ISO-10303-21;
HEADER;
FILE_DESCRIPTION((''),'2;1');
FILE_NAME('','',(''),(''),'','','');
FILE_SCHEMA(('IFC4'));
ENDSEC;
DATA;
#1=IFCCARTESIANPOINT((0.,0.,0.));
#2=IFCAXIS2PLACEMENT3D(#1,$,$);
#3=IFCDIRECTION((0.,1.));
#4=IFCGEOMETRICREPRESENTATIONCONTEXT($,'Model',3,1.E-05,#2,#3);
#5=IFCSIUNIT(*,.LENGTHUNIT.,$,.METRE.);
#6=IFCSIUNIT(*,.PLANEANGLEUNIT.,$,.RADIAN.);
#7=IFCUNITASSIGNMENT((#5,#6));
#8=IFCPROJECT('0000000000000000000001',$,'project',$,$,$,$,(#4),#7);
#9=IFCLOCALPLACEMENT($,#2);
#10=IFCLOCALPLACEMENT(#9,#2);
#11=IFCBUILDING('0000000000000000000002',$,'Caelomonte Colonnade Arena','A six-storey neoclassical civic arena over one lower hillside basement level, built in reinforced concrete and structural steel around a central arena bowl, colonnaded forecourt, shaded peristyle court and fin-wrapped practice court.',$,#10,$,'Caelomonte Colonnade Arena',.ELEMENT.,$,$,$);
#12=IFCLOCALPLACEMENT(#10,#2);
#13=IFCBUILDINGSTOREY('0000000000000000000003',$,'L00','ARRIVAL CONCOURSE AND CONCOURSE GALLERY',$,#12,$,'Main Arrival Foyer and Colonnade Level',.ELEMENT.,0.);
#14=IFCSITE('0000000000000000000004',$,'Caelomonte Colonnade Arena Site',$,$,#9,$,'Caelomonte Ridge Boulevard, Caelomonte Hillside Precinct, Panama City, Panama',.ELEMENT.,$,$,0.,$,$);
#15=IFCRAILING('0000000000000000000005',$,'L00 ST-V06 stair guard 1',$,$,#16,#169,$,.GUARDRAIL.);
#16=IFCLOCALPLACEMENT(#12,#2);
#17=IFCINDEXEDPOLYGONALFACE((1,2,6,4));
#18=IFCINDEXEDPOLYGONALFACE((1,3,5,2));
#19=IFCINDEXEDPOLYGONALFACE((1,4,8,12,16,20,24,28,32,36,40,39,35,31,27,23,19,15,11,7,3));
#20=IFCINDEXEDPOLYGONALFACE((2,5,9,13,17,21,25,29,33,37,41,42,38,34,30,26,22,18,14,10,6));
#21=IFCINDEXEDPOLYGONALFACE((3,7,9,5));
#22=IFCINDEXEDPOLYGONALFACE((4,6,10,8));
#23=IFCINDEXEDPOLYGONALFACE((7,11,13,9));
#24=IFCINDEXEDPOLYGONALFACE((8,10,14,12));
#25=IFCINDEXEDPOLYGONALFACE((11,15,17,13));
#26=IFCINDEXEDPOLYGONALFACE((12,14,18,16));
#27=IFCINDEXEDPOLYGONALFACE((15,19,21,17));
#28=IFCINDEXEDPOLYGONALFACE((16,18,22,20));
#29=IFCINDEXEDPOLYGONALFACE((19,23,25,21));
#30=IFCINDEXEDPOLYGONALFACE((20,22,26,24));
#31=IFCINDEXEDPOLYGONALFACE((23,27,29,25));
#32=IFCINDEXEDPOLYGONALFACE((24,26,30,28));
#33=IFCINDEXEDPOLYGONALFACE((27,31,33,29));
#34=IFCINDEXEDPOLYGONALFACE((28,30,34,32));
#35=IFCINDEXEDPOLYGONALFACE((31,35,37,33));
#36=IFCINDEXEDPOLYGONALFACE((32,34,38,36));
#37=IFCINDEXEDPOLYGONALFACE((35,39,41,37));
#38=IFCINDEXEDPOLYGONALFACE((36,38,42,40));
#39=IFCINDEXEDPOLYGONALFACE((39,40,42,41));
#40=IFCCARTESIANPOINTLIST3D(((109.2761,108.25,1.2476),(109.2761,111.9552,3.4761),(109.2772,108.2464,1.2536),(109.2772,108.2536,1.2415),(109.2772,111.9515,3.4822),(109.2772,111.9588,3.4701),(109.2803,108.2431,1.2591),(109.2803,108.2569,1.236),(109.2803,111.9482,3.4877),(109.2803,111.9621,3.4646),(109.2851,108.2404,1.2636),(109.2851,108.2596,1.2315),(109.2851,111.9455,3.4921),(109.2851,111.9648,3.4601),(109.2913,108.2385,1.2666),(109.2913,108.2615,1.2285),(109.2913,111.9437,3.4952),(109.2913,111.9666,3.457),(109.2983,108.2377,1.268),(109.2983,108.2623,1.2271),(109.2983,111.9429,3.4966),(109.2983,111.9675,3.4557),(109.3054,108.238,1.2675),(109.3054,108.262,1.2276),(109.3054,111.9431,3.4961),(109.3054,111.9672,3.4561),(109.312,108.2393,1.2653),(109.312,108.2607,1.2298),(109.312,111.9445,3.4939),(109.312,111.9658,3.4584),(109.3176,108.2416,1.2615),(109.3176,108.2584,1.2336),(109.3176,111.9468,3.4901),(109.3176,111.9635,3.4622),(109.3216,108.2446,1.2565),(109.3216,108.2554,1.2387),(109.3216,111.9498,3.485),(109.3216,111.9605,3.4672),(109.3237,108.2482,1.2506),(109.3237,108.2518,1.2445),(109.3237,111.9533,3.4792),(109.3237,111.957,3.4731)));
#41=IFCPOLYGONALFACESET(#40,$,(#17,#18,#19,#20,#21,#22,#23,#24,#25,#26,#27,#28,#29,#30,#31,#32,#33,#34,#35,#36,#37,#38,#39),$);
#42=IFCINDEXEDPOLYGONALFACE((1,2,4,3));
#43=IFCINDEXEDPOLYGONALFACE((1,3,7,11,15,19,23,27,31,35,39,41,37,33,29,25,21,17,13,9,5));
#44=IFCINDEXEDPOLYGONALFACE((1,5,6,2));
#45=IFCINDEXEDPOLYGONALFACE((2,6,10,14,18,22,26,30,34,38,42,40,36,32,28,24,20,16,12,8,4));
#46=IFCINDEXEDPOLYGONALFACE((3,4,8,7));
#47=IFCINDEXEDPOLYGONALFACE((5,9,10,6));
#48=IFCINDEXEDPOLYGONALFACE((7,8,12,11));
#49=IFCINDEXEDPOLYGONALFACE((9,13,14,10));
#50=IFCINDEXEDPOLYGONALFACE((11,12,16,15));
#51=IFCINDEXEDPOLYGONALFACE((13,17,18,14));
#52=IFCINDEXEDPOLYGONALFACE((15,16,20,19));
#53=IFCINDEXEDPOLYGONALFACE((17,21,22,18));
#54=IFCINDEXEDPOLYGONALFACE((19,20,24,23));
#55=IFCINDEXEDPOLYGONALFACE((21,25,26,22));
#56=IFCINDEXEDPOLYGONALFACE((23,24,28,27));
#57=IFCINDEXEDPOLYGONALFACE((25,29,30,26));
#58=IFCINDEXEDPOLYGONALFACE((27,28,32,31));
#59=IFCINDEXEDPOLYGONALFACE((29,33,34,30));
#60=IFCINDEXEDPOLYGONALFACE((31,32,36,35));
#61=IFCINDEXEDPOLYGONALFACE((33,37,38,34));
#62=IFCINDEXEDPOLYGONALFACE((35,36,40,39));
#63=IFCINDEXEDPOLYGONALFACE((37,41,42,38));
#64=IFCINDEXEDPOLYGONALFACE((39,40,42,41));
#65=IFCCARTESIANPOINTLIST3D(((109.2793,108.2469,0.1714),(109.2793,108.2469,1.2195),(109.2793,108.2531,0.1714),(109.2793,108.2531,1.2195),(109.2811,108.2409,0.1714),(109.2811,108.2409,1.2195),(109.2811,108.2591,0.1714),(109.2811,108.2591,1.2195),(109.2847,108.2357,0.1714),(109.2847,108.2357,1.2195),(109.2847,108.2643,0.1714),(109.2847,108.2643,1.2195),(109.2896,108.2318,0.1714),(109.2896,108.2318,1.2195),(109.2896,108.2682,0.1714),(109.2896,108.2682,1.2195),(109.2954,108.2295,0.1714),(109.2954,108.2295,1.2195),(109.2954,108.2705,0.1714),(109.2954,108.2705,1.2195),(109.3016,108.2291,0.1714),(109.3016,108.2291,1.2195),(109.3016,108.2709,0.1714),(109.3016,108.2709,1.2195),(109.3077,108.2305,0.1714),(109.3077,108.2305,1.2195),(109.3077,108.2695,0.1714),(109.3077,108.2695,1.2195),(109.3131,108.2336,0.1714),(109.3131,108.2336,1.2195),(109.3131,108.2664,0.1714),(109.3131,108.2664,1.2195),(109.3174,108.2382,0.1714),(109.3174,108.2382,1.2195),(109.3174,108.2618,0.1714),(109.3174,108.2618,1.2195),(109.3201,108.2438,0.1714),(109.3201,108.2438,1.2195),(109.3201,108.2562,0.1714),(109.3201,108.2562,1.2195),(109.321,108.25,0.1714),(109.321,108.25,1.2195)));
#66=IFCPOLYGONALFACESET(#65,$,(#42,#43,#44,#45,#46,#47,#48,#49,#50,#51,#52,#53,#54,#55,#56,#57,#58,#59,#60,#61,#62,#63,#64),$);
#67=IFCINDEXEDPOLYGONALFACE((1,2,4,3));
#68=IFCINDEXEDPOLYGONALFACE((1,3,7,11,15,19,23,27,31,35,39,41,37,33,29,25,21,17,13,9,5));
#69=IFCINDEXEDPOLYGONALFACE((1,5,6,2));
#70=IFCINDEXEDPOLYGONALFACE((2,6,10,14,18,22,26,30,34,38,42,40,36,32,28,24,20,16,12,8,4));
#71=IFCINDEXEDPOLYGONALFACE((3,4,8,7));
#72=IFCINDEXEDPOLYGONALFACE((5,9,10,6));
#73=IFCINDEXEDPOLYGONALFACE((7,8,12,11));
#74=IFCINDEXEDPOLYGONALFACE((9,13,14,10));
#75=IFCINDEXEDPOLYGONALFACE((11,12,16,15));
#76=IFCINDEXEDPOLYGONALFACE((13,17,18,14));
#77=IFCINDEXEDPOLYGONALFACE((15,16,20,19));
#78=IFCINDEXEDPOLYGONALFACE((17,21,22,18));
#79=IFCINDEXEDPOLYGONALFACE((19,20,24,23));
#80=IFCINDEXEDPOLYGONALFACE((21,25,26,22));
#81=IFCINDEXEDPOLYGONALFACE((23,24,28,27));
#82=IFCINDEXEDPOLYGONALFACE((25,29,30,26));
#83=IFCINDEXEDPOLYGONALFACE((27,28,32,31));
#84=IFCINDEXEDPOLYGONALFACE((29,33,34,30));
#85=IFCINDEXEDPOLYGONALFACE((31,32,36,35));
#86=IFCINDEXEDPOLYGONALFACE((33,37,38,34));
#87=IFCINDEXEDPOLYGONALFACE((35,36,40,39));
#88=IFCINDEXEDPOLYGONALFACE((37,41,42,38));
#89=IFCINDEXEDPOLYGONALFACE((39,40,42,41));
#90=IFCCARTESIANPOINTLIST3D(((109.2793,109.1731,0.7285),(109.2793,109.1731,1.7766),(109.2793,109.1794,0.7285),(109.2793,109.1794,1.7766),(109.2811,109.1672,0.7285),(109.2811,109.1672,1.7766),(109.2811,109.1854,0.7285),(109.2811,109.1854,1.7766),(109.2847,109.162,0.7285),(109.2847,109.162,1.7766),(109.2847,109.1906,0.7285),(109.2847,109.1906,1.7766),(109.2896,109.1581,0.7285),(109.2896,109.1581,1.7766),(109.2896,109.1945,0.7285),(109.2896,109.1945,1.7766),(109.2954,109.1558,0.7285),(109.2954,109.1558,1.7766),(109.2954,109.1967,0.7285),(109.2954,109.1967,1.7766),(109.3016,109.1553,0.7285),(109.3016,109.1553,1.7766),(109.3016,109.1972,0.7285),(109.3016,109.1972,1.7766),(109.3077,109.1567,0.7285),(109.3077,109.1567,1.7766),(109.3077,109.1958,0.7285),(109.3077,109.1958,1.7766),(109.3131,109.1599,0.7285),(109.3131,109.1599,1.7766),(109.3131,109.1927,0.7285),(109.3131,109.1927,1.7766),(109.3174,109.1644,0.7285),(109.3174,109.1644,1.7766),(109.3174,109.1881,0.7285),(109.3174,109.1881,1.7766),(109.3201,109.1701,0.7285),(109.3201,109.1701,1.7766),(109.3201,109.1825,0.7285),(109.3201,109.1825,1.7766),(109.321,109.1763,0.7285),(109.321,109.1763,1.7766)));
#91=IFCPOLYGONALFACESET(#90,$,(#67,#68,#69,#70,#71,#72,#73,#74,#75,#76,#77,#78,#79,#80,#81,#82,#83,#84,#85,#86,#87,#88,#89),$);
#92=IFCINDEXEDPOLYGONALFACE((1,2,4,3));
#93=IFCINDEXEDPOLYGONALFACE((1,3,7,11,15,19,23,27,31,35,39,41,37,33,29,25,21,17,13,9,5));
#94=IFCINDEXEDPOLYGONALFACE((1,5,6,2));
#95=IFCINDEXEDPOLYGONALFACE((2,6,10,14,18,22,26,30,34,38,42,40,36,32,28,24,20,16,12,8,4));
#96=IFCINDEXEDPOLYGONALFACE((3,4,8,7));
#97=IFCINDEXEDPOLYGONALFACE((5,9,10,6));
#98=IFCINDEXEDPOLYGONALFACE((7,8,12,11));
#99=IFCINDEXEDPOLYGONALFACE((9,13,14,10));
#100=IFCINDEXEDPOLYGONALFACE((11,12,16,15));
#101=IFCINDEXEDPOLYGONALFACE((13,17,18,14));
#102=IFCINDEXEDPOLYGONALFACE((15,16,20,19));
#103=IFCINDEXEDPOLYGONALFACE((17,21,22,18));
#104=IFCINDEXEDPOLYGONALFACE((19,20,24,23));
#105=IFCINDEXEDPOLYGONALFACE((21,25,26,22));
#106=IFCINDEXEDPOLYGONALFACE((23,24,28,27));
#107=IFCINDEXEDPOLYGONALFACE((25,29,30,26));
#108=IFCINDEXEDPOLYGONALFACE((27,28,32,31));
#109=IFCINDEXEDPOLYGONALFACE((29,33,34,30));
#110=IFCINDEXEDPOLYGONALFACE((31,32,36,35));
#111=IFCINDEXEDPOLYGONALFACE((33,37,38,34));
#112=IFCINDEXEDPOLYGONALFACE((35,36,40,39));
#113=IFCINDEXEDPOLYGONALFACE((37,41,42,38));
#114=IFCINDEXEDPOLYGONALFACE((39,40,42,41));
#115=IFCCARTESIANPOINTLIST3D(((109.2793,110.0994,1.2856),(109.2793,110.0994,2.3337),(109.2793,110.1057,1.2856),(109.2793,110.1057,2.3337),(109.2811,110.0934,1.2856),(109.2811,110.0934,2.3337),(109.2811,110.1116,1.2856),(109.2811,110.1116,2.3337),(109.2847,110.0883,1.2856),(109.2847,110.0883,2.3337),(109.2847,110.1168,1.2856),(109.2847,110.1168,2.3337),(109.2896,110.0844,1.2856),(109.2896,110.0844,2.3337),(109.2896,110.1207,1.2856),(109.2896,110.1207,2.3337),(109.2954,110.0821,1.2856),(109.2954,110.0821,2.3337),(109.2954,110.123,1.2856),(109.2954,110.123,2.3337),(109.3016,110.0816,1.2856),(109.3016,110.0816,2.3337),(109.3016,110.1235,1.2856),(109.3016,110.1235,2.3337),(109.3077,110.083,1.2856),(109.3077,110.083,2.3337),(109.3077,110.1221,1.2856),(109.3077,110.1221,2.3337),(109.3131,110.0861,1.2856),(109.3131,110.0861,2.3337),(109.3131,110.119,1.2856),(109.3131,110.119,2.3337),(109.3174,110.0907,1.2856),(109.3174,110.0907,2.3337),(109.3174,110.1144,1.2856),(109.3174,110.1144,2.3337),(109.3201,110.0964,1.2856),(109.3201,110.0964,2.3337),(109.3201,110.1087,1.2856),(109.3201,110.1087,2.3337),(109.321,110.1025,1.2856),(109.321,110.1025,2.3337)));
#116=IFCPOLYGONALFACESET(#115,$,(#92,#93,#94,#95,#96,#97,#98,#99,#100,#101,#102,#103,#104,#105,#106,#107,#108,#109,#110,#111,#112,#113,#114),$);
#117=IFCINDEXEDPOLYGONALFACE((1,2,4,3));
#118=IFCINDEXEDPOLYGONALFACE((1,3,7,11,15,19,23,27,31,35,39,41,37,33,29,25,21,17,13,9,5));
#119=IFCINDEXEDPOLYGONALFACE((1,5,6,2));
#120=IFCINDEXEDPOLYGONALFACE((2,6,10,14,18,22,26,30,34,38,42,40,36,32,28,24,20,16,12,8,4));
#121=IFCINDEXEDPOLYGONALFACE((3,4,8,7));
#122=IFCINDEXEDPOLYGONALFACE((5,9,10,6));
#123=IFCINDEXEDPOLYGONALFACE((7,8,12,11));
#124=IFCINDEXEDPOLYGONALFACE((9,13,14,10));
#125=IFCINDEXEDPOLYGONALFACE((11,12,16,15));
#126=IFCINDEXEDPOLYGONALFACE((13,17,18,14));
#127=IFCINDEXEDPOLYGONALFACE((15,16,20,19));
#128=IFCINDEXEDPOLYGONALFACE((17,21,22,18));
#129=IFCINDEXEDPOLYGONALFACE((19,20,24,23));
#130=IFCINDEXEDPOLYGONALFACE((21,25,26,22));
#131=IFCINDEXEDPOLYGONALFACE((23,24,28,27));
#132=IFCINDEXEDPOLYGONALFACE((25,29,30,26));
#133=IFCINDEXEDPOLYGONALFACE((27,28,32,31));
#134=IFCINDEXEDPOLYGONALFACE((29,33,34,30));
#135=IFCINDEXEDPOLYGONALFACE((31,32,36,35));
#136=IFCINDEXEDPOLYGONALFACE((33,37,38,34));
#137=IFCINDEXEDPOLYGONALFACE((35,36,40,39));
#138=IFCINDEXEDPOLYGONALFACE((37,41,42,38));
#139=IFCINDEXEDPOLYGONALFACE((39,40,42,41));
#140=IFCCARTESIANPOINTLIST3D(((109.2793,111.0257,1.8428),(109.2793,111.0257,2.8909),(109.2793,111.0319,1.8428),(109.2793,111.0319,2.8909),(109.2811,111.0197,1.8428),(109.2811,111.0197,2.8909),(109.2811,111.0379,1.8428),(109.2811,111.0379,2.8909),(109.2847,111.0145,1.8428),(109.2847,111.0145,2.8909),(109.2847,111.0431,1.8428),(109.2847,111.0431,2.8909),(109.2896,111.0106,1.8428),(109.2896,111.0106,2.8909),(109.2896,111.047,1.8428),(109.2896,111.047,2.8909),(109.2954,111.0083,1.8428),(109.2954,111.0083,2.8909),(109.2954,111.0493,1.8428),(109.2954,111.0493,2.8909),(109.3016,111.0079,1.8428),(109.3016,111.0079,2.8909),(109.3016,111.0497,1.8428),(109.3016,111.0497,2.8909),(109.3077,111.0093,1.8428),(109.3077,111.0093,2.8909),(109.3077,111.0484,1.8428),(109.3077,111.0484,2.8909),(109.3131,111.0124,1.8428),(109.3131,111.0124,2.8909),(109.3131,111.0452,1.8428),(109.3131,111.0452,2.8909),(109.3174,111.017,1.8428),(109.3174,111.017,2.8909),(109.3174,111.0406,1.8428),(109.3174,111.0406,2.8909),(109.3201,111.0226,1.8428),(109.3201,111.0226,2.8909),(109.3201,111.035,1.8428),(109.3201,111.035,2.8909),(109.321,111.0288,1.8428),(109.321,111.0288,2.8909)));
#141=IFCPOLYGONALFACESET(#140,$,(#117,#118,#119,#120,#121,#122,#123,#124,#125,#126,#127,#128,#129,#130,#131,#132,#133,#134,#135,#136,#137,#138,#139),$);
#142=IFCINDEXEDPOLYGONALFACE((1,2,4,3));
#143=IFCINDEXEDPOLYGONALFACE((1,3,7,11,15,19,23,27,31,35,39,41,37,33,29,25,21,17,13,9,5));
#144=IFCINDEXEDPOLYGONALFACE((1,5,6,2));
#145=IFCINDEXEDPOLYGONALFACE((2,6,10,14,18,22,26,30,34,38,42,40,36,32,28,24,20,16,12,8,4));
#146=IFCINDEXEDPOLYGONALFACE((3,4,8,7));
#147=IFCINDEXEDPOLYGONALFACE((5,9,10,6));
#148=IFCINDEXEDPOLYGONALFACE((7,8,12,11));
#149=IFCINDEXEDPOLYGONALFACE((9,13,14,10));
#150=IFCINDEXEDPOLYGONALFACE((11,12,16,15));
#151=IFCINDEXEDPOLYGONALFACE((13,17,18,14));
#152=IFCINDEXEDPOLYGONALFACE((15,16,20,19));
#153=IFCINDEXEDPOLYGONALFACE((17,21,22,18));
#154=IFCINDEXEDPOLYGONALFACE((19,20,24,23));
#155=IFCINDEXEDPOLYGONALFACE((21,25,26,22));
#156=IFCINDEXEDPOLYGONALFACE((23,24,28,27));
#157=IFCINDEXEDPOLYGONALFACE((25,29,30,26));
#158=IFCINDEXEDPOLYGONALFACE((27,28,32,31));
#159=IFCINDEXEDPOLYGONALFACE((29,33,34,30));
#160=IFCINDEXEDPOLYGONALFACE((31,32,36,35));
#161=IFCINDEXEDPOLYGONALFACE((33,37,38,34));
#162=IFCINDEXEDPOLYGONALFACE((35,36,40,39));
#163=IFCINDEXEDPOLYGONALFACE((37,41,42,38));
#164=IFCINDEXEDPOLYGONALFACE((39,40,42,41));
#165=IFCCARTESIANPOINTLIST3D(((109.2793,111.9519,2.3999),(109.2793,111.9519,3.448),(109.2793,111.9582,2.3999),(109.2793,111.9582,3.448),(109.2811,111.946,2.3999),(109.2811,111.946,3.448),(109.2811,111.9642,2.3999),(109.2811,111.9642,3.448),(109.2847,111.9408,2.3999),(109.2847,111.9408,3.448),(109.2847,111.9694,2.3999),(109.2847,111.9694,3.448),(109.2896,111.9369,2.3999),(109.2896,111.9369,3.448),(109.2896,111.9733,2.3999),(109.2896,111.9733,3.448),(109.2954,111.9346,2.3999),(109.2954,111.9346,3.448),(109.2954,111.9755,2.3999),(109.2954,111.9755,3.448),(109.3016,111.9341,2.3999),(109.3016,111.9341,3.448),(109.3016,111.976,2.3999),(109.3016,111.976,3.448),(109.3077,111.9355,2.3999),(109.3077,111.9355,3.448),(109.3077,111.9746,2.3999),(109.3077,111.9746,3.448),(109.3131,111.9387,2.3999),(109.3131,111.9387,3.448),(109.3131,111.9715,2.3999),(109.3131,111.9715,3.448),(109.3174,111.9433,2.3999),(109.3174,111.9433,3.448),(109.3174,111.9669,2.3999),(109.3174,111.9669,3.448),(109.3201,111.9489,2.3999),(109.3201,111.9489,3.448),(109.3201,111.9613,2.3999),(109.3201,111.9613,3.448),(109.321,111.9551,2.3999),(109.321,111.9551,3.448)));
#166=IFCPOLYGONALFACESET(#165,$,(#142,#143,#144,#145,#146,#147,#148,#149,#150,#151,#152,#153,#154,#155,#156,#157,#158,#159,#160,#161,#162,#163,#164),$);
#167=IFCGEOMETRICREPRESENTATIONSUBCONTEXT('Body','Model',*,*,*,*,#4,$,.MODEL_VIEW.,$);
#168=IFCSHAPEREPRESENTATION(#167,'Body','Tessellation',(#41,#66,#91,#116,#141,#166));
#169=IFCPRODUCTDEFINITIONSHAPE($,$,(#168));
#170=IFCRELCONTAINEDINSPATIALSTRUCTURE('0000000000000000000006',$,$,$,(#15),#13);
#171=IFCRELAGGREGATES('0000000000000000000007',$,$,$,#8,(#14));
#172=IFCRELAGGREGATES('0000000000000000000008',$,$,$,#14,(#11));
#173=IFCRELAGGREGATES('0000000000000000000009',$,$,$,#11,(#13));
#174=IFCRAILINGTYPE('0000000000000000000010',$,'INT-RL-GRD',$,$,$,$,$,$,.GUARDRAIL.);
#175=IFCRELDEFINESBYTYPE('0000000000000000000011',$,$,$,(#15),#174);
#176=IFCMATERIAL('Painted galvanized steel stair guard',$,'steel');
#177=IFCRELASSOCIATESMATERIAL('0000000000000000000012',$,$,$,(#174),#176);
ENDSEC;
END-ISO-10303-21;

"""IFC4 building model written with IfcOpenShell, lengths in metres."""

from ifc_helpers import new_model, si_unit, direction, frame, origin, origin_2d, place, context, subcontext, project, spatial, circle, extrude, material, type_object, element, save


model = new_model("IFC4")

# Units and contexts
model_context = context("Model", 3, precision=1e-05, world=origin(), true_north=direction((0.0, 1.0)))
body_context = subcontext(model_context, "Body", "Model", "MODEL_VIEW")
ifc_project = project(units=[si_unit("LENGTHUNIT", "METRE"), si_unit("PLANEANGLEUNIT", "RADIAN")], contexts=[model_context])

# Site, building, storey
site_placement = place(None, origin())
site = spatial("IfcSite", under=ifc_project, at=site_placement, Name="Caelomonte Colonnade Arena Site", LongName="Caelomonte Ridge Boulevard, Caelomonte Hillside Precinct, Panama City, Panama", CompositionType="ELEMENT", RefElevation=0.0)
building_placement = place(site_placement, origin())
building = spatial("IfcBuilding", under=site, at=building_placement, Name="Caelomonte Colonnade Arena", Description="A six-storey neoclassical civic arena over one lower hillside basement level, built in reinforced concrete and structural steel around a central arena bowl, colonnaded forecourt, shaded peristyle court and fin-wrapped practice court.", LongName="Caelomonte Colonnade Arena", CompositionType="ELEMENT")
storey_placement = place(building_placement, origin())
storey = spatial("IfcBuildingStorey", under=building, at=storey_placement, Name="L00", Description="ARRIVAL CONCOURSE AND CONCOURSE GALLERY", LongName="Main Arrival Foyer and Colonnade Level", CompositionType="ELEMENT", Elevation=0.0)

# Railing
ifc_material_1 = material(Name="Painted galvanized steel stair guard", Category="steel")
railing_type_1 = type_object("IfcRailingType", Name="INT-RL-GRD", PredefinedType="GUARDRAIL", material=ifc_material_1)
railing_1_placement = place(storey_placement, frame((109.3, 108.25, 0.1714)))
element("IfcRailing", 1, at=railing_1_placement, inside=storey, type_object=railing_type_1, Name="L00 ST-V06 stair guard 1", PredefinedType="GUARDRAIL", context=body_context, shape_type="SweptSolid", body=[
    extrude(circle(Radius=0.0239, at=origin_2d()), frame((0.0, 0.0, 1.0762), z_axis=(0.0, 0.856934, 0.515425), x_axis=(-1.0, 0.0, 0.0)), (0.0, 0.0, 1.0), 4.3237),
    extrude(circle(Radius=0.021, at=origin_2d()), origin(), (0.0, 0.0, 1.0), 1.0481),
    extrude(circle(Radius=0.021, at=origin_2d()), frame((0.0, 0.9263, 0.5571)), (0.0, 0.0, 1.0), 1.0481),
    extrude(circle(Radius=0.021, at=origin_2d()), frame((0.0, 1.8525, 1.1143)), (0.0, 0.0, 1.0), 1.0481),
    extrude(circle(Radius=0.021, at=origin_2d()), frame((0.0, 2.7788, 1.6714)), (0.0, 0.0, 1.0), 1.0481),
    extrude(circle(Radius=0.021, at=origin_2d()), frame((0.0, 3.7051, 2.2285)), (0.0, 0.0, 1.0), 1.0481),
])

save(model, "model.ifc")
